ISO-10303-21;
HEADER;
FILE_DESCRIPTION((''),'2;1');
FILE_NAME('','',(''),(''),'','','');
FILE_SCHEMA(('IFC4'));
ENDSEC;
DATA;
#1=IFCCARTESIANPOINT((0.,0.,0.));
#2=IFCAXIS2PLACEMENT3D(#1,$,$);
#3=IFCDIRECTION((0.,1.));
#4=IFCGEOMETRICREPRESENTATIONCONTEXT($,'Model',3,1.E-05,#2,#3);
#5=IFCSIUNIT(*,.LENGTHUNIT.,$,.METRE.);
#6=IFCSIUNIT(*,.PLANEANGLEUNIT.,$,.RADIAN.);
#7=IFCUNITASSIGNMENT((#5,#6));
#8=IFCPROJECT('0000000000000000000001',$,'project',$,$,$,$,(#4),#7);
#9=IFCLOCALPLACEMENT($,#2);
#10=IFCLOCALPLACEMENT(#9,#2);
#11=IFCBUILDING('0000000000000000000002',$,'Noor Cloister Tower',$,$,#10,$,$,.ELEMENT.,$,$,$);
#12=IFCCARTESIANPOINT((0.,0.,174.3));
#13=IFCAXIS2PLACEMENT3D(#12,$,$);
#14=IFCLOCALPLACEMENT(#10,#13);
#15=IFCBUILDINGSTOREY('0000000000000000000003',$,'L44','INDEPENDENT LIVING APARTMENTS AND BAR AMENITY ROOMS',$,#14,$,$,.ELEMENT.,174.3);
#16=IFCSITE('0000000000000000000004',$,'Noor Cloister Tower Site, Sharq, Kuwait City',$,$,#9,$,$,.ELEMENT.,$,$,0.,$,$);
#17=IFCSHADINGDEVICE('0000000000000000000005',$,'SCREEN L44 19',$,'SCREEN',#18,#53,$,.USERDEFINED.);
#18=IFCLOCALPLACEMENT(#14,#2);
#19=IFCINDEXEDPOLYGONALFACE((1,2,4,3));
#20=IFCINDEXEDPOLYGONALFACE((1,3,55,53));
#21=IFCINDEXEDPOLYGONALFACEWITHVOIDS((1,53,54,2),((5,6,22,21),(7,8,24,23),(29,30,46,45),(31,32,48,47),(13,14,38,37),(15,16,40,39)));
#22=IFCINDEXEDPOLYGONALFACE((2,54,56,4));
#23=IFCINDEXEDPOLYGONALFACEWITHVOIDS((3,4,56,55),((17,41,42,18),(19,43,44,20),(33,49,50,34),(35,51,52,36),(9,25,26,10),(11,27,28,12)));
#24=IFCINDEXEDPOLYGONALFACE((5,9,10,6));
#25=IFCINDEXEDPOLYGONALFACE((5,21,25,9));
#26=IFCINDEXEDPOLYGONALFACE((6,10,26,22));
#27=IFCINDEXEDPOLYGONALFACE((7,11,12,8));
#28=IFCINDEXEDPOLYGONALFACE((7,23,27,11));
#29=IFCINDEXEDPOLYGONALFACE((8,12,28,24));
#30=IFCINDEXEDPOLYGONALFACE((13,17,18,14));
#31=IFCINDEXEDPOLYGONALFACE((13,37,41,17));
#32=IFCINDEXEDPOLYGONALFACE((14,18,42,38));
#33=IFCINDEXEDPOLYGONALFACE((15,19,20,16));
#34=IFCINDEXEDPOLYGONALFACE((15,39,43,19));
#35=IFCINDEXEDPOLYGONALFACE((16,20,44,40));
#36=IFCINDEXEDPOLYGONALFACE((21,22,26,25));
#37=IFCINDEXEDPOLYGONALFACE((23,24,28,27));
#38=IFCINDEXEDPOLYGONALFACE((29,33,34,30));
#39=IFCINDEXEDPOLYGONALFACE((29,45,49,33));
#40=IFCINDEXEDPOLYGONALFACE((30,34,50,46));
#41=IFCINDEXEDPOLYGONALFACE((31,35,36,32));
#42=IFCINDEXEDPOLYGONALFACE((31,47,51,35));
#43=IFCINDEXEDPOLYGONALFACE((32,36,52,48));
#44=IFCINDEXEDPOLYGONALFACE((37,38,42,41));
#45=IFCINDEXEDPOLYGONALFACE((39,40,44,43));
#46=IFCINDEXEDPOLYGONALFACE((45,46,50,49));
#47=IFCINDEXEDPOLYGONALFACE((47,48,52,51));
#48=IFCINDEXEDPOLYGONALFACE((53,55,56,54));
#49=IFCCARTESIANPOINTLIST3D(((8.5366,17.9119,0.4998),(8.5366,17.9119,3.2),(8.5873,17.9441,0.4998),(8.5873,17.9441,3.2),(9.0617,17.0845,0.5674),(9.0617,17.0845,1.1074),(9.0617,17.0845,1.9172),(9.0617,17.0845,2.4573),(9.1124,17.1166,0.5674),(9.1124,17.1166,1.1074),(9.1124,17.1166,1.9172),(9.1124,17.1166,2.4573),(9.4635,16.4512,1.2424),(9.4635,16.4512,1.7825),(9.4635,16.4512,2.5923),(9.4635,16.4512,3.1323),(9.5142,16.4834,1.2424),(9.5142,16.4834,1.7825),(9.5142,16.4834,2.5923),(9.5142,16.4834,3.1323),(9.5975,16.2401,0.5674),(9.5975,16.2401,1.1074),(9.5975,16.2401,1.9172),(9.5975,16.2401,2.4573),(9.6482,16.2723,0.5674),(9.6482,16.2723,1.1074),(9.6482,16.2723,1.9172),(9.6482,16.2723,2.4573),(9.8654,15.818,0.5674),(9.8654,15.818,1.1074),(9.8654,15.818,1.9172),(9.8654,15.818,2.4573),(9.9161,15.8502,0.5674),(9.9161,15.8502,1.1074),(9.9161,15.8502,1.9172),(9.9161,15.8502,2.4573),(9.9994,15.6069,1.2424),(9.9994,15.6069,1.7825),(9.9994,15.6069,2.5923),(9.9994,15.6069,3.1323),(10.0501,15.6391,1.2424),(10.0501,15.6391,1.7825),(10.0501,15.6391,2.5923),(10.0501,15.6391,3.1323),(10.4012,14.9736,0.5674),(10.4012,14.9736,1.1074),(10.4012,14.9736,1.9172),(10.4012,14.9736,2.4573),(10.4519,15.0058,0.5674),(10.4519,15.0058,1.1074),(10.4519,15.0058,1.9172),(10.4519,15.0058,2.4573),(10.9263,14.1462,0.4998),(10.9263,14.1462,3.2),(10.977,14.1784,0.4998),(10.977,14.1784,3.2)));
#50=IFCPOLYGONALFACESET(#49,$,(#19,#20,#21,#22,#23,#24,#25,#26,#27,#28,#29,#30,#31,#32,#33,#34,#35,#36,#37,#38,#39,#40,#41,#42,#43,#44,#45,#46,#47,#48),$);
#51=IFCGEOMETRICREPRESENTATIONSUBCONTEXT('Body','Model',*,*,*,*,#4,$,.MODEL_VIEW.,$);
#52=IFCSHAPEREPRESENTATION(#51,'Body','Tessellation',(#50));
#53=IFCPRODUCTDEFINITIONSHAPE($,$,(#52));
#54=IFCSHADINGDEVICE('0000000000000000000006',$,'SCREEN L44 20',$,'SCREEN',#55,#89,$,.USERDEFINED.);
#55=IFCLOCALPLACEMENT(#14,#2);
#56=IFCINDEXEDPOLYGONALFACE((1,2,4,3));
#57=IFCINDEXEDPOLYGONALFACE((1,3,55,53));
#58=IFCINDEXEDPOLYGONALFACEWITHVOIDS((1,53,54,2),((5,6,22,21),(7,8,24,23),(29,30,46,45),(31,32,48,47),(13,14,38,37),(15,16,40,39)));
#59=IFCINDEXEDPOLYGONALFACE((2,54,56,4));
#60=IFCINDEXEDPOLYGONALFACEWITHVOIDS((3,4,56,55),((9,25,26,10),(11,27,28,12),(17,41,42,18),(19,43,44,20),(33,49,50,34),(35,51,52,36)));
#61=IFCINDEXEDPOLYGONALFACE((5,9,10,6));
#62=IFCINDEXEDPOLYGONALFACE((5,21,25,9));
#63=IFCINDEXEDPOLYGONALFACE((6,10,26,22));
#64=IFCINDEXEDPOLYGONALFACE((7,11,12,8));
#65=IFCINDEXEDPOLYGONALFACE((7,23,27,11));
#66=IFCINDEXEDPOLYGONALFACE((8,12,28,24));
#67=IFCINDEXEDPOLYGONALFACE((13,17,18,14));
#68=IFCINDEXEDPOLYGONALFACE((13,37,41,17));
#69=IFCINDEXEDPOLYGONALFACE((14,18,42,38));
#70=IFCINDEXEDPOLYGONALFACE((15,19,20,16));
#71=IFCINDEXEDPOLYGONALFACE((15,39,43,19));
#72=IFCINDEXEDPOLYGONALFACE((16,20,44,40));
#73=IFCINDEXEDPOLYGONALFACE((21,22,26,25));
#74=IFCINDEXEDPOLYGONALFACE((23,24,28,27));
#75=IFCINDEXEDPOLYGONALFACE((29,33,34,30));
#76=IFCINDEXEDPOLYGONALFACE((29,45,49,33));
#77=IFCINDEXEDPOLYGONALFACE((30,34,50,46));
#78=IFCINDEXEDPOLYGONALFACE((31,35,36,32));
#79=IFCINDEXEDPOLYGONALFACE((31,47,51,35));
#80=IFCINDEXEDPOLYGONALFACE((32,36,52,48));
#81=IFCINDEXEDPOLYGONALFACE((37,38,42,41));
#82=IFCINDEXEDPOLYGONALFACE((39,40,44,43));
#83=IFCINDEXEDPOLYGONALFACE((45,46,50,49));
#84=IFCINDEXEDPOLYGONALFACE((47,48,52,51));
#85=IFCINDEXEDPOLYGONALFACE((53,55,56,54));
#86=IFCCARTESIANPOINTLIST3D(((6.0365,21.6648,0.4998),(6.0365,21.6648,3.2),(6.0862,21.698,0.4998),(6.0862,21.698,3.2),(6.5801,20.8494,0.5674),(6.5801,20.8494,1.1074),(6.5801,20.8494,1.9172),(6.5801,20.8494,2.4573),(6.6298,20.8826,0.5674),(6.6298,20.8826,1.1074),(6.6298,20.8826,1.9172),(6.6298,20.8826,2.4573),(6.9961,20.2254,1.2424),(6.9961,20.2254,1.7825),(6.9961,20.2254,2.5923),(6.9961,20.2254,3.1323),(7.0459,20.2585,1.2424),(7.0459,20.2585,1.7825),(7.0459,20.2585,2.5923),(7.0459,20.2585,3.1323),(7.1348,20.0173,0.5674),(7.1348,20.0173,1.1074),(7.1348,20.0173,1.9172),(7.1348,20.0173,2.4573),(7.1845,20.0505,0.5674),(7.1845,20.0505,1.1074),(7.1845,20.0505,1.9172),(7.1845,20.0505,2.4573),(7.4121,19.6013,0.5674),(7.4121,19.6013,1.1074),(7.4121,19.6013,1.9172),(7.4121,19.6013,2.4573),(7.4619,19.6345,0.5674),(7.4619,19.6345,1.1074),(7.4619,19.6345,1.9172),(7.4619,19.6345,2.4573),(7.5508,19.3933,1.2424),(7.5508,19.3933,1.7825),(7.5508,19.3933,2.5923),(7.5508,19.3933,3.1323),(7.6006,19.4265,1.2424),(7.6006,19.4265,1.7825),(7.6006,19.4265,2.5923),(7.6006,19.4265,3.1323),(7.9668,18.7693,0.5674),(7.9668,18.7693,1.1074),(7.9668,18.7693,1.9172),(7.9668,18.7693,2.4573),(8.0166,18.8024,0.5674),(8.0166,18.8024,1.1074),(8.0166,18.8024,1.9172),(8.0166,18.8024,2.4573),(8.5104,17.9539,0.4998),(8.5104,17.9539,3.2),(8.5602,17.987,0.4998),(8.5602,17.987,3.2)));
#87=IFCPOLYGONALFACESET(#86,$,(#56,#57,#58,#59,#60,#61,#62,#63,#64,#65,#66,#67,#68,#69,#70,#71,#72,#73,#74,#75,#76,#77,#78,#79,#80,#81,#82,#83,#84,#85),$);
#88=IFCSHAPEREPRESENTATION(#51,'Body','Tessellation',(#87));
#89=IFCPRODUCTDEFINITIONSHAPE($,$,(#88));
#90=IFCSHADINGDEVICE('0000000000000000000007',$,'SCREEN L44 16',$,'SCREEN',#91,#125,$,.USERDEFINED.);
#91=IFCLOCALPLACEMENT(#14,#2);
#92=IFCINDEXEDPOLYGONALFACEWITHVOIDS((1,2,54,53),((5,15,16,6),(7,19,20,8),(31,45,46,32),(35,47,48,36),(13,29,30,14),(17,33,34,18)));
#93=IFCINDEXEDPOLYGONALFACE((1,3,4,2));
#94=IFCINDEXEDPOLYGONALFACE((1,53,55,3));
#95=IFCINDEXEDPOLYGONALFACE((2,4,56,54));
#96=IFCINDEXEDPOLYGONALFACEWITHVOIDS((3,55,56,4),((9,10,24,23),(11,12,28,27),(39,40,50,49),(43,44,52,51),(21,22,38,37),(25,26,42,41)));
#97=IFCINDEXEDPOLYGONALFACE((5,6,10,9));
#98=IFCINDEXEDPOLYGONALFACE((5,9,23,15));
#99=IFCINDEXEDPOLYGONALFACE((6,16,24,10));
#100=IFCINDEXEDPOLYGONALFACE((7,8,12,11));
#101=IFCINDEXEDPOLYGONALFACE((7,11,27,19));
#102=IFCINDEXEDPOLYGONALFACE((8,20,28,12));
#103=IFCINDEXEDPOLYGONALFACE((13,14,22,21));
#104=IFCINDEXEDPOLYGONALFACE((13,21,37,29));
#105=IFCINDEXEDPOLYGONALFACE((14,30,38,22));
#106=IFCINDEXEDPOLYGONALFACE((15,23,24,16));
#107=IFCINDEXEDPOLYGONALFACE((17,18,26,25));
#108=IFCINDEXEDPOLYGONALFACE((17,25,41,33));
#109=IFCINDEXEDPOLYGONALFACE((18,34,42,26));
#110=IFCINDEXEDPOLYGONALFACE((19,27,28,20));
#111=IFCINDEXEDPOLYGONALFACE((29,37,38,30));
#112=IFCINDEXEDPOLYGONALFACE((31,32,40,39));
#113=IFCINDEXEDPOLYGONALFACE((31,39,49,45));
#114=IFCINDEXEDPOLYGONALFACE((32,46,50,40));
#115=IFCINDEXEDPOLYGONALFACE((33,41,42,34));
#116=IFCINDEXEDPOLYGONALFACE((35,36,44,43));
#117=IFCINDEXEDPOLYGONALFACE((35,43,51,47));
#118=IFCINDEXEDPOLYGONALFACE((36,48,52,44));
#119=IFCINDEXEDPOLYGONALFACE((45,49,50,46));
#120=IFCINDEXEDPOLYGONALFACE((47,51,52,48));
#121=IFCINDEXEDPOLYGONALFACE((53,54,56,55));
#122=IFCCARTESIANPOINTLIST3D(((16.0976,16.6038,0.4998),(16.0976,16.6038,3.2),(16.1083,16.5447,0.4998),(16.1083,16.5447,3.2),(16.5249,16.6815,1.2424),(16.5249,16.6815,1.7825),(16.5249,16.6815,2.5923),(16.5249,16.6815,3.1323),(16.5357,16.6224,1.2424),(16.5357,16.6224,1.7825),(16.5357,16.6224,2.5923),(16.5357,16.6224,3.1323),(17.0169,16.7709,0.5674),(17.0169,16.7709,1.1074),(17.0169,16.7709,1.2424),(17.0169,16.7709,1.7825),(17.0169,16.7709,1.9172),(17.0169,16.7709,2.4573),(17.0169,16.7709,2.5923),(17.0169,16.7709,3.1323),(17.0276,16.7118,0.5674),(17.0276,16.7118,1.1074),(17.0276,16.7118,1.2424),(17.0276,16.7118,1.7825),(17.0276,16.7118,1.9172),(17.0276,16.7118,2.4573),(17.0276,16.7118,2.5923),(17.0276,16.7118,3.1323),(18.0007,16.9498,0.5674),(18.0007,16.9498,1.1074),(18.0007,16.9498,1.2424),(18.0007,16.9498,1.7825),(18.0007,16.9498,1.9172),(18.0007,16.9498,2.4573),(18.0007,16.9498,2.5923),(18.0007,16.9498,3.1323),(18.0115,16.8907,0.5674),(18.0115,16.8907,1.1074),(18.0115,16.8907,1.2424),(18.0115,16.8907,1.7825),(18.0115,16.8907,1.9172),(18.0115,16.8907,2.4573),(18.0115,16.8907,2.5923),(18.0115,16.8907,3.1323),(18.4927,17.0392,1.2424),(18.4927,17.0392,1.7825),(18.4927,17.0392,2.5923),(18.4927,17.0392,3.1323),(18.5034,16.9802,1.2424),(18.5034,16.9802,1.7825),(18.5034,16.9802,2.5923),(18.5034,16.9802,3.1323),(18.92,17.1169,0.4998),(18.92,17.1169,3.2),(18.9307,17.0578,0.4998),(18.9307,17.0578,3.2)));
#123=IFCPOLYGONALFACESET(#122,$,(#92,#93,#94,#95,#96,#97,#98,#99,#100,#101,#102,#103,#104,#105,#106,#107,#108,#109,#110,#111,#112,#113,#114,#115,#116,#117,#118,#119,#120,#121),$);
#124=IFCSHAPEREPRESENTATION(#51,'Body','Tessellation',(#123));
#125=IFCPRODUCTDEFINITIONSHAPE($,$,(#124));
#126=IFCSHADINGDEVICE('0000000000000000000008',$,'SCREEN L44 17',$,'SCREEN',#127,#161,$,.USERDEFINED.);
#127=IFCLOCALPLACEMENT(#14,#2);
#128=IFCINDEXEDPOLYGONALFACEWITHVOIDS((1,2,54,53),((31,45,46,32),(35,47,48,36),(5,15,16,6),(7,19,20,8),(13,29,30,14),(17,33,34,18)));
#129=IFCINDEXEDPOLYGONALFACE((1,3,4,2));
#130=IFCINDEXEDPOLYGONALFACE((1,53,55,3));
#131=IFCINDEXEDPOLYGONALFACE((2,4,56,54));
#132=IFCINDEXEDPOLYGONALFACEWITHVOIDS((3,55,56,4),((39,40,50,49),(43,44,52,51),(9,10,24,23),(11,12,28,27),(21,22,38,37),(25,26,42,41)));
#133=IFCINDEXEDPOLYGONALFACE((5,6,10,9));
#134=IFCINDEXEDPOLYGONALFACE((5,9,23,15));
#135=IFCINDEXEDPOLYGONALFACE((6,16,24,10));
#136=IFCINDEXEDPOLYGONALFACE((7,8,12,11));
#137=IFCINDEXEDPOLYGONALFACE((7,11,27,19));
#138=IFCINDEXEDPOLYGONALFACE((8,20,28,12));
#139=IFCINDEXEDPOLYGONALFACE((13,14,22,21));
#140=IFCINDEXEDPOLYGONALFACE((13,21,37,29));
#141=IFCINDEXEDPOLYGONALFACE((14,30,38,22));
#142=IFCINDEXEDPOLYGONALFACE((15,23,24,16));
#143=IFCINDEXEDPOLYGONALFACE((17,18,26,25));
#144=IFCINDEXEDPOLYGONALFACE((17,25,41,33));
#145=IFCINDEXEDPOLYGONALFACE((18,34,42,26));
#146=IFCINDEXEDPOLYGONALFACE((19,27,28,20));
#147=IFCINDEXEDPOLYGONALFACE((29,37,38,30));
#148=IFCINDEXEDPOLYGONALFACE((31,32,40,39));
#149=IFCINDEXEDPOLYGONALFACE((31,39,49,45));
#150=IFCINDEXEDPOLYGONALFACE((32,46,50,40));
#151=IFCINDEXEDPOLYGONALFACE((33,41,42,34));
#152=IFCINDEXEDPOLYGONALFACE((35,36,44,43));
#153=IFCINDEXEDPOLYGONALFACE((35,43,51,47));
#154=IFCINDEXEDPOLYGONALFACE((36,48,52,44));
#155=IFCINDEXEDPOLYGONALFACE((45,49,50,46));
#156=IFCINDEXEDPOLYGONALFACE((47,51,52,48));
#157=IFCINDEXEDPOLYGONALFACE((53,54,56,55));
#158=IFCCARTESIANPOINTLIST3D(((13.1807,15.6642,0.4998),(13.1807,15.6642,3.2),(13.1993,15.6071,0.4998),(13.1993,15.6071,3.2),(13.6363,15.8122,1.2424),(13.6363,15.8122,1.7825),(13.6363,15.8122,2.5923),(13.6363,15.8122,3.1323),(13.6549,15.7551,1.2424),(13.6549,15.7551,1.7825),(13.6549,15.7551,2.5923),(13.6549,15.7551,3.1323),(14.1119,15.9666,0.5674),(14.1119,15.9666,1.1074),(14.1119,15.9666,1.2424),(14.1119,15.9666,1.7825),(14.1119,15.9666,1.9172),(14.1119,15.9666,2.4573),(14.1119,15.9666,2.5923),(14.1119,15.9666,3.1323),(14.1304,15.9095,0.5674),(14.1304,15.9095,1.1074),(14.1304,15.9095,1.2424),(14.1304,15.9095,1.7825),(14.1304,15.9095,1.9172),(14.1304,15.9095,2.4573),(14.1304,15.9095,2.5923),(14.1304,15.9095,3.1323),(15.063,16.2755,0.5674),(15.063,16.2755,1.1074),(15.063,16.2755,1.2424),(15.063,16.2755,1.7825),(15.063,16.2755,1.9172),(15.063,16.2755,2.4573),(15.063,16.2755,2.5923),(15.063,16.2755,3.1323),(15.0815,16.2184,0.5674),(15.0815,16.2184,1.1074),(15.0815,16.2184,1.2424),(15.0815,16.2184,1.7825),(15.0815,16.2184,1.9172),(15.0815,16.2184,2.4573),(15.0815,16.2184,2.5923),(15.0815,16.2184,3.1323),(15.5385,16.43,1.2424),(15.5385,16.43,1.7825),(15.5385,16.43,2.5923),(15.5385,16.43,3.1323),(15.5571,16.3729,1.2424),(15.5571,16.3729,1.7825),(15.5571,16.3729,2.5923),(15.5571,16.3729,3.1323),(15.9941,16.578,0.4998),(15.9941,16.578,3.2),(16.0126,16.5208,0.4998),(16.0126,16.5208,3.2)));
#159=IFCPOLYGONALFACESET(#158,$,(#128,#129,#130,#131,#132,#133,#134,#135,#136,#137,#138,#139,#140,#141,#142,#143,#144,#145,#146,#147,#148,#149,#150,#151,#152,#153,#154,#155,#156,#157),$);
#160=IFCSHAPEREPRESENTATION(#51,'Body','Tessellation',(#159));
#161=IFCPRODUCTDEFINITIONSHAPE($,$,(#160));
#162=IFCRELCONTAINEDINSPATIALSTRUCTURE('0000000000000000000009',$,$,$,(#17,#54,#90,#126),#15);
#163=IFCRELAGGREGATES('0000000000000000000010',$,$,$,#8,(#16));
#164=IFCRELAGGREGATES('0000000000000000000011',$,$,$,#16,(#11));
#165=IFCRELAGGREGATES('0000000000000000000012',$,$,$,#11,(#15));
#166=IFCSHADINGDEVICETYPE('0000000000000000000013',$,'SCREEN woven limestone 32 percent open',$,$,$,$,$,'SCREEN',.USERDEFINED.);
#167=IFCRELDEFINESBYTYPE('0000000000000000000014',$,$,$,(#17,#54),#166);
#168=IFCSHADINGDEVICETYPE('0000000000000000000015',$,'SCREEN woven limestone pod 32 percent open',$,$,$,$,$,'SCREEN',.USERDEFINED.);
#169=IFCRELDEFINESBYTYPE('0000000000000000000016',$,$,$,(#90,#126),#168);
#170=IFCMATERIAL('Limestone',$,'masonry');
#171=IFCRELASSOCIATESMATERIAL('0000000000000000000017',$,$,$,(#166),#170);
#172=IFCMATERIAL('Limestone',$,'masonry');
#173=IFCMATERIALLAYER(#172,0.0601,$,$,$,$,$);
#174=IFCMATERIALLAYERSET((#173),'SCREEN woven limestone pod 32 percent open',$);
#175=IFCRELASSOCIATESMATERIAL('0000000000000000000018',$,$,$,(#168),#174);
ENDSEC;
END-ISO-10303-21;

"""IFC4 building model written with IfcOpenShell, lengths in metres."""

from ifc_helpers import new_model, si_unit, direction, frame, origin, place, context, subcontext, project, spatial, polyline, outline, extrude, material, layer, layer_set, material_profile, profile_set, type_object, element, save


model = new_model("IFC4")

# Units and contexts
model_context = context("Model", 3, precision=1e-05, world=origin(), true_north=direction((0.0, 1.0)))
body_context = subcontext(model_context, "Body", "Model", "MODEL_VIEW")
ifc_project = project(units=[si_unit("LENGTHUNIT", "METRE"), si_unit("PLANEANGLEUNIT", "RADIAN")], contexts=[model_context])

# Site, building, storey
site_placement = place(None, origin())
site = spatial("IfcSite", under=ifc_project, at=site_placement, Name="Noor Cloister Tower Site, Sharq, Kuwait City", CompositionType="ELEMENT", RefElevation=0.0)
building_placement = place(site_placement, origin())
building = spatial("IfcBuilding", under=site, at=building_placement, Name="Noor Cloister Tower", CompositionType="ELEMENT")
storey_placement = place(building_placement, frame((0.0, 0.0, 174.3)))
storey = spatial("IfcBuildingStorey", under=building, at=storey_placement, Name="L44", Description="INDEPENDENT LIVING APARTMENTS AND BAR AMENITY ROOMS", CompositionType="ELEMENT", Elevation=174.3)

# Shading devices
ifc_material_1 = material(Name="Limestone", Category="masonry")
ifc_material_profile_1 = material_profile(ifc_material_1, outline(polyline([(-2.23, -1.3501), (2.23, -1.3501), (2.23, 1.3501), (-2.23, 1.3501), (-2.23, -1.3501)]), holes=[polyline([(-1.25, -1.2825), (-0.25, -1.2825), (-0.25, -0.7424), (-1.25, -0.7424), (-1.25, -1.2825)]), polyline([(0.25, -1.2825), (1.25, -1.2825), (1.25, -0.7424), (0.25, -0.7424), (0.25, -1.2825)]), polyline([(-0.5, -0.6074), (0.5, -0.6074), (0.5, -0.0674), (-0.5, -0.0674), (-0.5, -0.6074)]), polyline([(-1.25, 0.0674), (-0.25, 0.0674), (-0.25, 0.6074), (-1.25, 0.6074), (-1.25, 0.0674)]), polyline([(0.25, 0.0674), (1.25, 0.0674), (1.25, 0.6074), (0.25, 0.6074), (0.25, 0.0674)]), polyline([(-0.5, 0.7424), (0.5, 0.7424), (0.5, 1.2825), (-0.5, 1.2825), (-0.5, 0.7424)])]), Name="Woven screen 32 percent open")
ifc_profile_set_1 = profile_set([ifc_material_profile_1], Name="Limestone")
shading_device_type_1 = type_object("IfcShadingDeviceType", Name="SCREEN woven limestone 32 percent open", ElementType="SCREEN", PredefinedType="USERDEFINED", material=ifc_profile_set_1)
shading_device_1_placement = place(storey_placement, frame((9.7314, 16.0291, 1.8499), z_axis=(0.844329, 0.535824, 0.0), x_axis=(-0.535824, 0.844329, 0.0)))
element("IfcShadingDevice", 1, at=shading_device_1_placement, inside=storey, type_object=shading_device_type_1, Name="SCREEN L44 19", ObjectType="SCREEN", PredefinedType="USERDEFINED", context=body_context, shape_type="SweptSolid", body=[
    extrude(outline(polyline([(-2.23, -1.3501), (2.23, -1.3501), (2.23, 1.3501), (-2.23, 1.3501), (-2.23, -1.3501)]), holes=[polyline([(-1.25, -1.2825), (-0.25, -1.2825), (-0.25, -0.7424), (-1.25, -0.7424), (-1.25, -1.2825)]), polyline([(0.25, -1.2825), (1.25, -1.2825), (1.25, -0.7424), (0.25, -0.7424), (0.25, -1.2825)]), polyline([(-0.5, -0.6074), (0.5, -0.6074), (0.5, -0.0674), (-0.5, -0.0674), (-0.5, -0.6074)]), polyline([(-1.25, 0.0674), (-0.25, 0.0674), (-0.25, 0.6074), (-1.25, 0.6074), (-1.25, 0.0674)]), polyline([(0.25, 0.0674), (1.25, 0.0674), (1.25, 0.6074), (0.25, 0.6074), (0.25, 0.0674)]), polyline([(-0.5, 0.7424), (0.5, 0.7424), (0.5, 1.2825), (-0.5, 1.2825), (-0.5, 0.7424)])]), origin(), (0.0, 0.0, 1.0), 0.0601),
])
shading_device_2_placement = place(storey_placement, frame((7.2734, 19.8093, 1.8499), z_axis=(0.83205, 0.5547, 0.0), x_axis=(-0.5547, 0.83205, 0.0)))
element("IfcShadingDevice", 2, at=shading_device_2_placement, inside=storey, type_object=shading_device_type_1, Name="SCREEN L44 20", ObjectType="SCREEN", PredefinedType="USERDEFINED", context=body_context, shape_type="SweptSolid", body=[
    extrude(outline(polyline([(-2.23, -1.3501), (2.23, -1.3501), (2.23, 1.3501), (-2.23, 1.3501), (-2.23, -1.3501)]), holes=[polyline([(-1.25, -1.2825), (-0.25, -1.2825), (-0.25, -0.7424), (-1.25, -0.7424), (-1.25, -1.2825)]), polyline([(0.25, -1.2825), (1.25, -1.2825), (1.25, -0.7424), (0.25, -0.7424), (0.25, -1.2825)]), polyline([(-0.5, -0.6074), (0.5, -0.6074), (0.5, -0.0674), (-0.5, -0.0674), (-0.5, -0.6074)]), polyline([(-1.25, 0.0674), (-0.25, 0.0674), (-0.25, 0.6074), (-1.25, 0.6074), (-1.25, 0.0674)]), polyline([(0.25, 0.0674), (1.25, 0.0674), (1.25, 0.6074), (0.25, 0.6074), (0.25, 0.0674)]), polyline([(-0.5, 0.7424), (0.5, 0.7424), (0.5, 1.2825), (-0.5, 1.2825), (-0.5, 0.7424)])]), origin(), (0.0, 0.0, 1.0), 0.0598),
])
ifc_material_2 = material(Name="Limestone", Category="masonry")
ifc_layer_1 = layer(ifc_material_2, 0.0601)
ifc_layer_set_1 = layer_set([ifc_layer_1], Name="SCREEN woven limestone pod 32 percent open")
shading_device_type_2 = type_object("IfcShadingDeviceType", Name="SCREEN woven limestone pod 32 percent open", ElementType="SCREEN", PredefinedType="USERDEFINED", material=ifc_layer_set_1)
shading_device_3_placement = place(storey_placement, frame((17.5195, 16.8013, 1.8499), z_axis=(-0.178885, 0.98387, 0.0), x_axis=(-0.98387, -0.178885, 0.0)))
element("IfcShadingDevice", 3, at=shading_device_3_placement, inside=storey, type_object=shading_device_type_2, Name="SCREEN L44 16", ObjectType="SCREEN", PredefinedType="USERDEFINED", context=body_context, shape_type="SweptSolid", body=[
    extrude(outline(polyline([(-1.4343, -1.3501), (1.4343, -1.3501), (1.4343, 1.3501), (-1.4343, 1.3501), (-1.4343, -1.3501)]), holes=[polyline([(-0.5, -1.2825), (0.5, -1.2825), (0.5, -0.7424), (-0.5, -0.7424), (-0.5, -1.2825)]), polyline([(-1.0, -0.6074), (-0.5, -0.6074), (-0.5, -0.0674), (-1.0, -0.0674), (-1.0, -0.6074)]), polyline([(0.5, -0.6074), (1.0, -0.6074), (1.0, -0.0674), (0.5, -0.0674), (0.5, -0.6074)]), polyline([(-0.5, 0.0674), (0.5, 0.0674), (0.5, 0.6074), (-0.5, 0.6074), (-0.5, 0.0674)]), polyline([(-1.0, 0.7424), (-0.5, 0.7424), (-0.5, 1.2825), (-1.0, 1.2825), (-1.0, 0.7424)]), polyline([(0.5, 0.7424), (1.0, 0.7424), (1.0, 1.2825), (0.5, 1.2825), (0.5, 0.7424)])]), origin(), (0.0, 0.0, 1.0), 0.0601),
])
shading_device_4_placement = place(storey_placement, frame((14.606, 16.064, 1.8499), z_axis=(-0.308902, 0.951094, 0.0), x_axis=(-0.951094, -0.308902, 0.0)))
element("IfcShadingDevice", 4, at=shading_device_4_placement, inside=storey, type_object=shading_device_type_2, Name="SCREEN L44 17", ObjectType="SCREEN", PredefinedType="USERDEFINED", context=body_context, shape_type="SweptSolid", body=[
    extrude(outline(polyline([(-1.479, -1.3501), (1.479, -1.3501), (1.479, 1.3501), (-1.479, 1.3501), (-1.479, -1.3501)]), holes=[polyline([(-0.5, -1.2825), (0.5, -1.2825), (0.5, -0.7424), (-0.5, -0.7424), (-0.5, -1.2825)]), polyline([(-1.0, -0.6074), (-0.5, -0.6074), (-0.5, -0.0674), (-1.0, -0.0674), (-1.0, -0.6074)]), polyline([(0.5, -0.6074), (1.0, -0.6074), (1.0, -0.0674), (0.5, -0.0674), (0.5, -0.6074)]), polyline([(-0.5, 0.0674), (0.5, 0.0674), (0.5, 0.6074), (-0.5, 0.6074), (-0.5, 0.0674)]), polyline([(-1.0, 0.7424), (-0.5, 0.7424), (-0.5, 1.2825), (-1.0, 1.2825), (-1.0, 0.7424)]), polyline([(0.5, 0.7424), (1.0, 0.7424), (1.0, 1.2825), (0.5, 1.2825), (0.5, 0.7424)])]), origin(), (0.0, 0.0, 1.0), 0.0601),
])

save(model, "model.ifc")
